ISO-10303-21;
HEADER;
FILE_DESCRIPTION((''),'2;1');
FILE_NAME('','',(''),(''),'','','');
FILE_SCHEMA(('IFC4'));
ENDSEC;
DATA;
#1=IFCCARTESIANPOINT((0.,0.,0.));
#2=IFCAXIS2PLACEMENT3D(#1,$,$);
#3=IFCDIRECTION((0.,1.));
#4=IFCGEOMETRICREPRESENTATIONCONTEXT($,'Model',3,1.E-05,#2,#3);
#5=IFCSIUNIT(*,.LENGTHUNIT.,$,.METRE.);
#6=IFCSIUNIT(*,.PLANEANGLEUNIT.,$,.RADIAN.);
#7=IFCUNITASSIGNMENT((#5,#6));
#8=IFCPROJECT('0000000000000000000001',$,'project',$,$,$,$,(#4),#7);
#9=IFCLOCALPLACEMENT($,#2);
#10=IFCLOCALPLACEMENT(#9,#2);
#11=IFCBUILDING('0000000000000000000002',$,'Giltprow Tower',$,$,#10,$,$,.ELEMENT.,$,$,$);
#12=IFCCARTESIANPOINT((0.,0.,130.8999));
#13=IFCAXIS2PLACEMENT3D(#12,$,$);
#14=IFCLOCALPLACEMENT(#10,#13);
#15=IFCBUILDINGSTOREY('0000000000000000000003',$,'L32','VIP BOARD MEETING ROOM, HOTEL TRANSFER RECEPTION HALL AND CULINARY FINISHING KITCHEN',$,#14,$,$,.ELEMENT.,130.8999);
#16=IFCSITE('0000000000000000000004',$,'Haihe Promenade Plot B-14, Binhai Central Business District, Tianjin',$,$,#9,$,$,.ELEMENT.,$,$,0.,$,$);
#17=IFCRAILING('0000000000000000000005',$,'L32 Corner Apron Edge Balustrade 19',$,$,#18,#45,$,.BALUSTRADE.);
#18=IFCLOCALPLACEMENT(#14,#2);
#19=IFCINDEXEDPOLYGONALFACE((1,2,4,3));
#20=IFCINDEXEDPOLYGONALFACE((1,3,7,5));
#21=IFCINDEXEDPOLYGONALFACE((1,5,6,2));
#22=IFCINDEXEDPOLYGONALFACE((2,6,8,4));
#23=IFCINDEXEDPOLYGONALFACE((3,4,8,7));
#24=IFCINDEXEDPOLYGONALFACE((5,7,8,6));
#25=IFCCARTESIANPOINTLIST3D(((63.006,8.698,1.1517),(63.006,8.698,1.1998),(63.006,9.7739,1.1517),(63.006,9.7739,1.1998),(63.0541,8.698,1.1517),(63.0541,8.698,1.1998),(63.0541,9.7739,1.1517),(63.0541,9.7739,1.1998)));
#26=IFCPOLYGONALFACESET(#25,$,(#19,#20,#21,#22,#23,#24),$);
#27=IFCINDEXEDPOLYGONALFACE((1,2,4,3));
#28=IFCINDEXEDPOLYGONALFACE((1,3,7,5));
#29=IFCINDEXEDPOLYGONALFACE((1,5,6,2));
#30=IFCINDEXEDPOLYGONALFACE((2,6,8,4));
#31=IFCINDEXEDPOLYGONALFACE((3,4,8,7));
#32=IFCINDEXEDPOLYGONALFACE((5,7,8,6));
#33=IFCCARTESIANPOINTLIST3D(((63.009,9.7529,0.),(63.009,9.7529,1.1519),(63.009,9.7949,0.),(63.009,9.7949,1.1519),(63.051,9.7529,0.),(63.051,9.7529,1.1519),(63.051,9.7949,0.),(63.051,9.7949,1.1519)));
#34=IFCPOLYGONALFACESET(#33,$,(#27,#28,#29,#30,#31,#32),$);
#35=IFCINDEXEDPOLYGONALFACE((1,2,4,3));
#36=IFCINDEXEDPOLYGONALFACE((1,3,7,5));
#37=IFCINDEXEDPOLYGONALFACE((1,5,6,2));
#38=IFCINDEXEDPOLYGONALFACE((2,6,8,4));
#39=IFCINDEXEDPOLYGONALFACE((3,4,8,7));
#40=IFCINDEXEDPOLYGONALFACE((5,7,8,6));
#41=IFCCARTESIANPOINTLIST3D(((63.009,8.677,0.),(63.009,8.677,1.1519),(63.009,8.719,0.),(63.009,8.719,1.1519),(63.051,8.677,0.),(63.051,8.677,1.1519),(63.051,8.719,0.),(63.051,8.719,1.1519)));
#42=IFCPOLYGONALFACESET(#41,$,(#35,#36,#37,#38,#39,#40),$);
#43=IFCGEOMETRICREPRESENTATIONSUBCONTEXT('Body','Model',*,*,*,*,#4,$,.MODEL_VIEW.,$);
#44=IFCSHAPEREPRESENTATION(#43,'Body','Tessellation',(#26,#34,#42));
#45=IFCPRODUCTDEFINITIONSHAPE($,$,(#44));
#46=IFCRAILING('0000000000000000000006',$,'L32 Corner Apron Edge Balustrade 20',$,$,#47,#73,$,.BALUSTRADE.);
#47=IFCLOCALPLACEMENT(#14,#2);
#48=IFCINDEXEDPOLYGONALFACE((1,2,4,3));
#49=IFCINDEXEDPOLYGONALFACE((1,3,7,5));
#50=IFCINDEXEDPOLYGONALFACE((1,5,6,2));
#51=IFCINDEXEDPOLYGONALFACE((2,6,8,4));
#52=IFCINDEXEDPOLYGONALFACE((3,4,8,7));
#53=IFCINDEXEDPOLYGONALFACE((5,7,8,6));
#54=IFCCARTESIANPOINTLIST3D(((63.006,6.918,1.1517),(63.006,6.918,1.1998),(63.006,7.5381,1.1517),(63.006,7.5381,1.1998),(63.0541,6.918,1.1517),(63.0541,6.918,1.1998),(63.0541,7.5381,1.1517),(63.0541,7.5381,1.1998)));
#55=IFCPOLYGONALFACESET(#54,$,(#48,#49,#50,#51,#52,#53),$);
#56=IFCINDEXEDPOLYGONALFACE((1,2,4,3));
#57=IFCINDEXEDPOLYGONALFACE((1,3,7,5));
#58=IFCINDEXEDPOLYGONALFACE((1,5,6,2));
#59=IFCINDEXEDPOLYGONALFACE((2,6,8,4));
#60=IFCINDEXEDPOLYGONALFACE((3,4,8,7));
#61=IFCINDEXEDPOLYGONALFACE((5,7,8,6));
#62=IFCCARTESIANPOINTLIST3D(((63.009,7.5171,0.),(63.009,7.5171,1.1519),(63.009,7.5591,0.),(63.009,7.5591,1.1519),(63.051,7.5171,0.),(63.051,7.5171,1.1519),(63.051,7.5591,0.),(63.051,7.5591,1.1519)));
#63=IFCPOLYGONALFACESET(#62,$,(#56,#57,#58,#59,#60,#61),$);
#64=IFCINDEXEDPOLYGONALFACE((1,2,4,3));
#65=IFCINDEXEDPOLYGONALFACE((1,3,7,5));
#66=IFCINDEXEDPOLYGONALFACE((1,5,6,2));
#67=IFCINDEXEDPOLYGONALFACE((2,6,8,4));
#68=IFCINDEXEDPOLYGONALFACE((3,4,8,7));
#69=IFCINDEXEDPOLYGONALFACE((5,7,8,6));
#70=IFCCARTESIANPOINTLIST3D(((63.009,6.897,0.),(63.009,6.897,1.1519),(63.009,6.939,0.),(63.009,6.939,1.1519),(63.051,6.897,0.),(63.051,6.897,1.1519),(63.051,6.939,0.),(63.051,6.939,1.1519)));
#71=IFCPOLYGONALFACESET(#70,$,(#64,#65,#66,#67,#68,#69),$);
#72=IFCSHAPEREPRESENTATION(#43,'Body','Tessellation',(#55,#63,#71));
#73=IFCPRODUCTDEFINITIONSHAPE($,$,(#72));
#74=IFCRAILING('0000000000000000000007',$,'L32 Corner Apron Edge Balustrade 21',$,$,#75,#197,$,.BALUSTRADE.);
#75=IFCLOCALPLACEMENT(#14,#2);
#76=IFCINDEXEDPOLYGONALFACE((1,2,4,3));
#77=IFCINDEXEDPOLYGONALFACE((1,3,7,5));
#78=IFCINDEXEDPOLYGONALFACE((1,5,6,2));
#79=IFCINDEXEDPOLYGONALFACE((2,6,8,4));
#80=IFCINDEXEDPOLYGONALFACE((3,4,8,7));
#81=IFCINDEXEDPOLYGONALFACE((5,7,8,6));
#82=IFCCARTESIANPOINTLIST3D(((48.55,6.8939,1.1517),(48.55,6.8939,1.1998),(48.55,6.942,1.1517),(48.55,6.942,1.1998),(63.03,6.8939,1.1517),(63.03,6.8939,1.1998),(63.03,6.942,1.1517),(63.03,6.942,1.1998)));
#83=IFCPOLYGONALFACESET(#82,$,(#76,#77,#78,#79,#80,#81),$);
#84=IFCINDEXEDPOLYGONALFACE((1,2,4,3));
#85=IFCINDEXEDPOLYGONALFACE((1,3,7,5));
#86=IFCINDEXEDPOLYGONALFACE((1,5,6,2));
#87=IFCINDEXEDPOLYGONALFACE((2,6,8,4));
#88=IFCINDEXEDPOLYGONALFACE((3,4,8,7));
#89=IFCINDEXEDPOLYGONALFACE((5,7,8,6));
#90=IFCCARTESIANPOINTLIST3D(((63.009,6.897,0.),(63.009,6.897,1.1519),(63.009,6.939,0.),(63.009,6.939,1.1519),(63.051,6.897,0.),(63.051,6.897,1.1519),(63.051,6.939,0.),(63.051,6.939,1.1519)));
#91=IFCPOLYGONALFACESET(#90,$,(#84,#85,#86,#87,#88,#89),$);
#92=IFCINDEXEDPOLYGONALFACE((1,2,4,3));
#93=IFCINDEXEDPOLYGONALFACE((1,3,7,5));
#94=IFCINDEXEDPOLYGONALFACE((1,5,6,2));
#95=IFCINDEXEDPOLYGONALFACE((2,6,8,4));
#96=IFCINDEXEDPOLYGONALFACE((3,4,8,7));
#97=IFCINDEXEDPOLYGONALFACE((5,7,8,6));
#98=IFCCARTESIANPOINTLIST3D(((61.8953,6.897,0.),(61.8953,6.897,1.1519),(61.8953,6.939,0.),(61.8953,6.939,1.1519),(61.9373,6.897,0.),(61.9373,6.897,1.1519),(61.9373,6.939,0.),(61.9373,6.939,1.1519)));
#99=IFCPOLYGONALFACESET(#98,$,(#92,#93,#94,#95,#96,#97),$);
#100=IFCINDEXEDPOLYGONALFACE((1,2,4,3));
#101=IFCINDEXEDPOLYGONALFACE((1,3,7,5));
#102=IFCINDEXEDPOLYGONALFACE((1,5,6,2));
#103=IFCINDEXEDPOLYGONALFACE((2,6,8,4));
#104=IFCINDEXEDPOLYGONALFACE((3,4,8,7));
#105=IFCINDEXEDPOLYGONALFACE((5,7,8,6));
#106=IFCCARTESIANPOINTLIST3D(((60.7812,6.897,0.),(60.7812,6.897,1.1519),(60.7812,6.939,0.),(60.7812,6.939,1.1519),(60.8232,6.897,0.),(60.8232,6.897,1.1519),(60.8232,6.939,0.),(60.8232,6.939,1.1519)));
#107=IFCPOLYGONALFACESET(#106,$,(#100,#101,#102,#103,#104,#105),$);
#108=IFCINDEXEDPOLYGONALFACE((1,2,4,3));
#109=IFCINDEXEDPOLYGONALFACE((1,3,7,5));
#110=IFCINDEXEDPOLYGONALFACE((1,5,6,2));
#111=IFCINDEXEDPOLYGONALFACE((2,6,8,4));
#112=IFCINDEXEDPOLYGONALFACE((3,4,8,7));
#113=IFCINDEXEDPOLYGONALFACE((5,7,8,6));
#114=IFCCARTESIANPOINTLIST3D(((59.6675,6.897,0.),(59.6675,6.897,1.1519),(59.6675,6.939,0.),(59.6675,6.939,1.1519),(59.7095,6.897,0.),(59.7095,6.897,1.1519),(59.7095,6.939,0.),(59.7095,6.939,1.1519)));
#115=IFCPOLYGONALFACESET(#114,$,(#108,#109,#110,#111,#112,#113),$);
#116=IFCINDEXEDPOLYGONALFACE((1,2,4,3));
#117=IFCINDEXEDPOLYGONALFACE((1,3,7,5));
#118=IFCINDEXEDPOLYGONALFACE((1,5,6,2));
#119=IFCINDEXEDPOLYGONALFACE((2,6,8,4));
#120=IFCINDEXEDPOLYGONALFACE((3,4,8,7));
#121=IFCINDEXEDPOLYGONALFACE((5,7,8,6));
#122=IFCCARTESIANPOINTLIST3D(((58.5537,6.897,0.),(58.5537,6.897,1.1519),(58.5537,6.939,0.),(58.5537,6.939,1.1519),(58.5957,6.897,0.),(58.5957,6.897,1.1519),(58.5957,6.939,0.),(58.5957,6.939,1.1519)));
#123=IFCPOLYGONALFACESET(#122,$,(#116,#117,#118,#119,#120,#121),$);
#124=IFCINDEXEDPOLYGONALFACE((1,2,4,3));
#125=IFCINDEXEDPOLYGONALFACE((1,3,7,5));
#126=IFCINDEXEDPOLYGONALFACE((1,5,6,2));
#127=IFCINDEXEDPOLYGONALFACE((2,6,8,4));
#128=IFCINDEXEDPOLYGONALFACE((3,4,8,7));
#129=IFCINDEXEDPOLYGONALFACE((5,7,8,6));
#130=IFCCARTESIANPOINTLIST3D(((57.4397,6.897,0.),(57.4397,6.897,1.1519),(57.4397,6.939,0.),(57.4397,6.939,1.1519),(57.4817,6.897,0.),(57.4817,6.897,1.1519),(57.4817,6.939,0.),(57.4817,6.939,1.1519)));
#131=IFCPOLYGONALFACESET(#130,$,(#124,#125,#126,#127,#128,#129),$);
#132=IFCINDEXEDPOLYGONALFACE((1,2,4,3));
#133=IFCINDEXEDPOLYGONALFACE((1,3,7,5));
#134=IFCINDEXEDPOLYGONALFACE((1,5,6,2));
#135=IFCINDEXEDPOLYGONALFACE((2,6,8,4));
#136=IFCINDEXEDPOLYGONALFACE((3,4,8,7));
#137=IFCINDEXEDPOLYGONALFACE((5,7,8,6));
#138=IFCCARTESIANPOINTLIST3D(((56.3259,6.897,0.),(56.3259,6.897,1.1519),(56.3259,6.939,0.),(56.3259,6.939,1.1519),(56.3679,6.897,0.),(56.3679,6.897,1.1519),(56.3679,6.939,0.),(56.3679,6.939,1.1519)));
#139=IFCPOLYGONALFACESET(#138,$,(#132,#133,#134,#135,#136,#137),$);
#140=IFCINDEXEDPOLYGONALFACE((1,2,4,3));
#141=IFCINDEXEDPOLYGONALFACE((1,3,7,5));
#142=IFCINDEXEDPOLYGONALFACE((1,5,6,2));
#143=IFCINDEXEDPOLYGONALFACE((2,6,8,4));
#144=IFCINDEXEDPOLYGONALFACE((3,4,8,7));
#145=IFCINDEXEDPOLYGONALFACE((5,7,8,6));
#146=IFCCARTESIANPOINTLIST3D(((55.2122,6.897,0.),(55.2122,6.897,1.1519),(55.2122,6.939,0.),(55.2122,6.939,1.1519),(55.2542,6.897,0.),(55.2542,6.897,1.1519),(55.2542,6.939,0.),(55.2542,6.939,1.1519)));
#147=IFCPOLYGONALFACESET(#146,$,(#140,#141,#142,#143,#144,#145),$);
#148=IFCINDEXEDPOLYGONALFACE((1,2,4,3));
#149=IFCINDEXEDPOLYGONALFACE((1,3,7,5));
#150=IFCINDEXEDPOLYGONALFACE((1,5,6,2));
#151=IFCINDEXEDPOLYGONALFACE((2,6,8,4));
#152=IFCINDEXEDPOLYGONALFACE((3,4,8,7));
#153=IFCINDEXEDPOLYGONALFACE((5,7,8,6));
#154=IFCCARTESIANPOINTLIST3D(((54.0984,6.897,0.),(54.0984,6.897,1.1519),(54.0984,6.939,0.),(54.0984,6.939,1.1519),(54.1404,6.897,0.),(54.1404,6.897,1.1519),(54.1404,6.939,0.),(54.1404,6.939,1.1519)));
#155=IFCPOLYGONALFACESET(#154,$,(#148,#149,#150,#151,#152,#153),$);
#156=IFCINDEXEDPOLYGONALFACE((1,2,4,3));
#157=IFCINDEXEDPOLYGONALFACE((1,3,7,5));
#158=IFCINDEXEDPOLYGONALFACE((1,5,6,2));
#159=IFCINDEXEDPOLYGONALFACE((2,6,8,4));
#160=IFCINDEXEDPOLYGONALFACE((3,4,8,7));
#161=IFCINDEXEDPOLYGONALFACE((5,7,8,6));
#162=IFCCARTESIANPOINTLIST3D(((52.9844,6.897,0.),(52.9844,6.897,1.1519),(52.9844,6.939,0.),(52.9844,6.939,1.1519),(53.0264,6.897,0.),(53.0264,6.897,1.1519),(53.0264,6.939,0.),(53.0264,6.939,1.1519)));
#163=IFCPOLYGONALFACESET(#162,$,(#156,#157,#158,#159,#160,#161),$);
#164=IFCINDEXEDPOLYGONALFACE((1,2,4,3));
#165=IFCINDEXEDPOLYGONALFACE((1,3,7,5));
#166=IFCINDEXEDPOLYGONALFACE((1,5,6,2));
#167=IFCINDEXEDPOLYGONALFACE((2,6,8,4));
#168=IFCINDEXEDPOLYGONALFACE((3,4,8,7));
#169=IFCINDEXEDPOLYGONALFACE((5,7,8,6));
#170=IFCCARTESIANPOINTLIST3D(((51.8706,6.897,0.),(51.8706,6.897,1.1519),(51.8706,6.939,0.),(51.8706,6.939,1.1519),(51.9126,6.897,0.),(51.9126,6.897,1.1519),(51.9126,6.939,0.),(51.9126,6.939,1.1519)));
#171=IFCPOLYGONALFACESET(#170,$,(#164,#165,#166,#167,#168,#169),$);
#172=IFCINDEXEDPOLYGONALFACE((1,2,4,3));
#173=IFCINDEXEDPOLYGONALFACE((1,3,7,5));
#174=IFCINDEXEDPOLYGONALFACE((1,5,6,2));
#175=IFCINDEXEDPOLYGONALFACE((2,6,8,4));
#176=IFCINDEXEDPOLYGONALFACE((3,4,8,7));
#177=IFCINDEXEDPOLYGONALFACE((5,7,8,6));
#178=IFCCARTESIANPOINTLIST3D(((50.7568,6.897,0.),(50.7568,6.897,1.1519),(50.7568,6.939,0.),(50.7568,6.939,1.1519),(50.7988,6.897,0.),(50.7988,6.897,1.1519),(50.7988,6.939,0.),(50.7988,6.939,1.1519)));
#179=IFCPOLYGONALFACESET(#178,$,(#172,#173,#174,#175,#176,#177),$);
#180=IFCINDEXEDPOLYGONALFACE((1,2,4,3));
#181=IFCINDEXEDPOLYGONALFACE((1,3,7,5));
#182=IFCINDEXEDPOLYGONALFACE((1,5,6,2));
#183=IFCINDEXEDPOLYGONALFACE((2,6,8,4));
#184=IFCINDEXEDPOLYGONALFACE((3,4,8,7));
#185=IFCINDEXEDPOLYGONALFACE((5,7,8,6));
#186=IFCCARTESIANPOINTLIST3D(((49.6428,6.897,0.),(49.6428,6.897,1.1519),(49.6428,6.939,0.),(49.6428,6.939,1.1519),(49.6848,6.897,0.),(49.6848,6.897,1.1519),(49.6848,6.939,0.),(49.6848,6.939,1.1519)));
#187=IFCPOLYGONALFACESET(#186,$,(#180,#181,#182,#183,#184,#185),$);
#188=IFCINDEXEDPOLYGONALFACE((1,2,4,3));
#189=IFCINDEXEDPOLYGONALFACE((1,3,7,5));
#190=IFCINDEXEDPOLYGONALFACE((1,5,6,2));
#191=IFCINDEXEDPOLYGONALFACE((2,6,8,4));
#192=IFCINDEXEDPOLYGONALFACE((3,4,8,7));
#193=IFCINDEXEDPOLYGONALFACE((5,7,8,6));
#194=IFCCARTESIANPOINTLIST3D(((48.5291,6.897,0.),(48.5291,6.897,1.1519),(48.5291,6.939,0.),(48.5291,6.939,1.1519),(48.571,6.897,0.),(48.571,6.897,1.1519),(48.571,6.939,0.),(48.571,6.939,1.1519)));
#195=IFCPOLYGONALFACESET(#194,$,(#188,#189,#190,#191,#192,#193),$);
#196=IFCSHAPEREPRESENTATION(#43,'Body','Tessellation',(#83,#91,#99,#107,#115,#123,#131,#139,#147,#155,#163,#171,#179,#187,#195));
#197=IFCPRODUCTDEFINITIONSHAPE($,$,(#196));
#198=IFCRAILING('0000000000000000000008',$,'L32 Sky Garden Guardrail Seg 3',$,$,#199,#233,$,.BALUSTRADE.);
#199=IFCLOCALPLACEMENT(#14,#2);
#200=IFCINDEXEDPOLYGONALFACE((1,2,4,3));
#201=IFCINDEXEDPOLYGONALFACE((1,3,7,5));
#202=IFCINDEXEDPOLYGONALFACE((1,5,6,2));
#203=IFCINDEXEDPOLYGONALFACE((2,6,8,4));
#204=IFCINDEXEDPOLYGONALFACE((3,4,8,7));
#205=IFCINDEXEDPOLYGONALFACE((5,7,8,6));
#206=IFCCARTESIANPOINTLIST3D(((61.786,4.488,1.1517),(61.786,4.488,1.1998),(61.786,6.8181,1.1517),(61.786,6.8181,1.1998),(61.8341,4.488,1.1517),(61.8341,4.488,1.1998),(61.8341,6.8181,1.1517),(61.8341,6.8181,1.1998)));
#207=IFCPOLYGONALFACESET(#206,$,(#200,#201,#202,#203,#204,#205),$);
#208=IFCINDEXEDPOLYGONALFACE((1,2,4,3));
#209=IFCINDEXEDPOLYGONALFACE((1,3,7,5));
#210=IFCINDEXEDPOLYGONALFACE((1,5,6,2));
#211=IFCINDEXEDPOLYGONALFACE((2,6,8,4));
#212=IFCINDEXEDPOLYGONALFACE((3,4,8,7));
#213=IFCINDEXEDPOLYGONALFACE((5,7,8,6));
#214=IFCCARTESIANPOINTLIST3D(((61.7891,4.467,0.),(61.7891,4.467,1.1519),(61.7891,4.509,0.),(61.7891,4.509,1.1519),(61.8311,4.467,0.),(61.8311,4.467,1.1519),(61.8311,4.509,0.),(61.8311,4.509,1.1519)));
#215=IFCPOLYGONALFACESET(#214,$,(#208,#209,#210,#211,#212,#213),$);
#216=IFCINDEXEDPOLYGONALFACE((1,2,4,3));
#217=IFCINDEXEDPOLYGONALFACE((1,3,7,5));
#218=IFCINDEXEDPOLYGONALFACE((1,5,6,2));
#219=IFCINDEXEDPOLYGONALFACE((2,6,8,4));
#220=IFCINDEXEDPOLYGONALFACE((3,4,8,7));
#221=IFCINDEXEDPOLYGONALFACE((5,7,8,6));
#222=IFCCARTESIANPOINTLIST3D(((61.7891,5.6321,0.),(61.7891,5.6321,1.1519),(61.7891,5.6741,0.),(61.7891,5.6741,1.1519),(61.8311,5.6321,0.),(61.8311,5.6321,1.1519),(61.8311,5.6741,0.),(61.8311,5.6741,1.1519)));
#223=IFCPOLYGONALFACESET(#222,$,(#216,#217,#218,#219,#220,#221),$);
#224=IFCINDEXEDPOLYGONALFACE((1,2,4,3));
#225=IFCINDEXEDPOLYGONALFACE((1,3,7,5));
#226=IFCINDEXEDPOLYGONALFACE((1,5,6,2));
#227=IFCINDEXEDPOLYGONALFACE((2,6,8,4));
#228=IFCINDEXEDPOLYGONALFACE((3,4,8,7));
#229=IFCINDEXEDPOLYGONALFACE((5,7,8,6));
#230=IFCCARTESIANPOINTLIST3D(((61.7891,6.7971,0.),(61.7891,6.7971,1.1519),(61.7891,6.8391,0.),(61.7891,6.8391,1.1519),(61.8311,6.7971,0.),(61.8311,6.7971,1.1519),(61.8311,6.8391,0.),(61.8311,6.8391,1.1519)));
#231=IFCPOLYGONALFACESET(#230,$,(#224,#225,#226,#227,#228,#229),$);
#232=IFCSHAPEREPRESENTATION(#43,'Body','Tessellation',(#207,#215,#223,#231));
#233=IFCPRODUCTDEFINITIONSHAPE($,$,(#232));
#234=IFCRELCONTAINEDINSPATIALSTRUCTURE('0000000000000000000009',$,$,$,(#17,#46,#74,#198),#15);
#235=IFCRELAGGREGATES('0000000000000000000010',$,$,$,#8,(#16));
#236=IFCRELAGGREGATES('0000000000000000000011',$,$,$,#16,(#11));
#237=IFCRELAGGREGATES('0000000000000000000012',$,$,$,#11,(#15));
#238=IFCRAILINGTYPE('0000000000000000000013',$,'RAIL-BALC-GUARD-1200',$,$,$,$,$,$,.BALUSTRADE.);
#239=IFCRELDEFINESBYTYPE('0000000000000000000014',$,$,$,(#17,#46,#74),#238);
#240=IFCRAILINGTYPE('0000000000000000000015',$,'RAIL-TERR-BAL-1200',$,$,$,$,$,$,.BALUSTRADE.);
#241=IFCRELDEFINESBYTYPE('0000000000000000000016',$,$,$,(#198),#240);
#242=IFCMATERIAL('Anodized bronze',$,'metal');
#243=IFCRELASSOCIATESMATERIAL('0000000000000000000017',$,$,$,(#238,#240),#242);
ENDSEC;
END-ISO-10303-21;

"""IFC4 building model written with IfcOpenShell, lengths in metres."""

from ifc_helpers import new_model, si_unit, direction, frame, origin, origin_2d, place, context, subcontext, project, spatial, rectangle, extrude, material, type_object, element, save


model = new_model("IFC4")

# Units and contexts
model_context = context("Model", 3, precision=1e-05, world=origin(), true_north=direction((0.0, 1.0)))
body_context = subcontext(model_context, "Body", "Model", "MODEL_VIEW")
ifc_project = project(units=[si_unit("LENGTHUNIT", "METRE"), si_unit("PLANEANGLEUNIT", "RADIAN")], contexts=[model_context])

# Site, building, storey
site_placement = place(None, origin())
site = spatial("IfcSite", under=ifc_project, at=site_placement, Name="Haihe Promenade Plot B-14, Binhai Central Business District, Tianjin", CompositionType="ELEMENT", RefElevation=0.0)
building_placement = place(site_placement, origin())
building = spatial("IfcBuilding", under=site, at=building_placement, Name="Giltprow Tower", CompositionType="ELEMENT")
storey_placement = place(building_placement, frame((0.0, 0.0, 130.8999)))
storey = spatial("IfcBuildingStorey", under=building, at=storey_placement, Name="L32", Description="VIP BOARD MEETING ROOM, HOTEL TRANSFER RECEPTION HALL AND CULINARY FINISHING KITCHEN", CompositionType="ELEMENT", Elevation=130.8999)

# Shared definitions
ifc_material_1 = material(Name="Anodized bronze", Category="metal")

# Railings
railing_type_1 = type_object("IfcRailingType", Name="RAIL-BALC-GUARD-1200", PredefinedType="BALUSTRADE", material=ifc_material_1)
railing_1_placement = place(storey_placement, frame((63.03, 9.7739, 0.0)))
element("IfcRailing", 1, at=railing_1_placement, inside=storey, type_object=railing_type_1, Name="L32 Corner Apron Edge Balustrade 19", PredefinedType="BALUSTRADE", context=body_context, shape_type="SweptSolid", body=[
    extrude(rectangle(XDim=0.0481, YDim=0.0481, at=origin_2d()), frame((0.0, 0.0, 1.1758), z_axis=(0.0, -1.0, 0.0), x_axis=(1.0, 0.0, 0.0)), (0.0, 0.0, 1.0), 1.0759),
    extrude(rectangle(XDim=0.042, YDim=0.042, at=origin_2d()), origin(), (0.0, 0.0, 1.0), 1.1519),
    extrude(rectangle(XDim=0.042, YDim=0.042, at=origin_2d()), frame((0.0, -1.0759, 0.0)), (0.0, 0.0, 1.0), 1.1519),
])
railing_2_placement = place(storey_placement, frame((63.03, 7.5381, 0.0)))
element("IfcRailing", 2, at=railing_2_placement, inside=storey, type_object=railing_type_1, Name="L32 Corner Apron Edge Balustrade 20", PredefinedType="BALUSTRADE", context=body_context, shape_type="SweptSolid", body=[
    extrude(rectangle(XDim=0.0481, YDim=0.0481, at=origin_2d()), frame((0.0, 0.0, 1.1758), z_axis=(0.0, -1.0, 0.0), x_axis=(1.0, 0.0, 0.0)), (0.0, 0.0, 1.0), 0.6201),
    extrude(rectangle(XDim=0.042, YDim=0.042, at=origin_2d()), origin(), (0.0, 0.0, 1.0), 1.1519),
    extrude(rectangle(XDim=0.042, YDim=0.042, at=origin_2d()), frame((0.0, -0.6201, 0.0)), (0.0, 0.0, 1.0), 1.1519),
])
railing_3_placement = place(storey_placement, frame((63.03, 6.918, 0.0)))
element("IfcRailing", 3, at=railing_3_placement, inside=storey, type_object=railing_type_1, Name="L32 Corner Apron Edge Balustrade 21", PredefinedType="BALUSTRADE", context=body_context, shape_type="SweptSolid", body=[
    extrude(rectangle(XDim=0.0481, YDim=0.0481, at=origin_2d()), frame((0.0, 0.0, 1.1758), z_axis=(-1.0, 0.0, 0.0), x_axis=(0.0, -1.0, 0.0)), (0.0, 0.0, 1.0), 14.48),
    extrude(rectangle(XDim=0.042, YDim=0.042, at=origin_2d()), origin(), (0.0, 0.0, 1.0), 1.1519),
    extrude(rectangle(XDim=0.042, YDim=0.042, at=origin_2d()), frame((-1.1138, 0.0, 0.0)), (0.0, 0.0, 1.0), 1.1519),
    extrude(rectangle(XDim=0.042, YDim=0.042, at=origin_2d()), frame((-2.2278, 0.0, 0.0)), (0.0, 0.0, 1.0), 1.1519),
    extrude(rectangle(XDim=0.042, YDim=0.042, at=origin_2d()), frame((-3.3416, 0.0, 0.0)), (0.0, 0.0, 1.0), 1.1519),
    extrude(rectangle(XDim=0.042, YDim=0.042, at=origin_2d()), frame((-4.4553, 0.0, 0.0)), (0.0, 0.0, 1.0), 1.1519),
    extrude(rectangle(XDim=0.042, YDim=0.042, at=origin_2d()), frame((-5.5693, 0.0, 0.0)), (0.0, 0.0, 1.0), 1.1519),
    extrude(rectangle(XDim=0.042, YDim=0.042, at=origin_2d()), frame((-6.6831, 0.0, 0.0)), (0.0, 0.0, 1.0), 1.1519),
    extrude(rectangle(XDim=0.042, YDim=0.042, at=origin_2d()), frame((-7.7969, 0.0, 0.0)), (0.0, 0.0, 1.0), 1.1519),
    extrude(rectangle(XDim=0.042, YDim=0.042, at=origin_2d()), frame((-8.9106, 0.0, 0.0)), (0.0, 0.0, 1.0), 1.1519),
    extrude(rectangle(XDim=0.042, YDim=0.042, at=origin_2d()), frame((-10.0247, 0.0, 0.0)), (0.0, 0.0, 1.0), 1.1519),
    extrude(rectangle(XDim=0.042, YDim=0.042, at=origin_2d()), frame((-11.1384, 0.0, 0.0)), (0.0, 0.0, 1.0), 1.1519),
    extrude(rectangle(XDim=0.042, YDim=0.042, at=origin_2d()), frame((-12.2522, 0.0, 0.0)), (0.0, 0.0, 1.0), 1.1519),
    extrude(rectangle(XDim=0.042, YDim=0.042, at=origin_2d()), frame((-13.3662, 0.0, 0.0)), (0.0, 0.0, 1.0), 1.1519),
    extrude(rectangle(XDim=0.042, YDim=0.042, at=origin_2d()), frame((-14.48, 0.0, 0.0)), (0.0, 0.0, 1.0), 1.1519),
])
railing_type_2 = type_object("IfcRailingType", Name="RAIL-TERR-BAL-1200", PredefinedType="BALUSTRADE", material=ifc_material_1)
railing_4_placement = place(storey_placement, frame((61.8101, 4.488, 0.0)))
element("IfcRailing", 4, at=railing_4_placement, inside=storey, type_object=railing_type_2, Name="L32 Sky Garden Guardrail Seg 3", PredefinedType="BALUSTRADE", context=body_context, shape_type="SweptSolid", body=[
    extrude(rectangle(XDim=0.0481, YDim=0.0481, at=origin_2d()), frame((0.0, 0.0, 1.1758), z_axis=(0.0, 1.0, 0.0), x_axis=(-1.0, 0.0, 0.0)), (0.0, 0.0, 1.0), 2.3301),
    extrude(rectangle(XDim=0.042, YDim=0.042, at=origin_2d()), origin(), (0.0, 0.0, 1.0), 1.1519),
    extrude(rectangle(XDim=0.042, YDim=0.042, at=origin_2d()), frame((0.0, 1.165, 0.0)), (0.0, 0.0, 1.0), 1.1519),
    extrude(rectangle(XDim=0.042, YDim=0.042, at=origin_2d()), frame((0.0, 2.3301, 0.0)), (0.0, 0.0, 1.0), 1.1519),
])

save(model, "model.ifc")
